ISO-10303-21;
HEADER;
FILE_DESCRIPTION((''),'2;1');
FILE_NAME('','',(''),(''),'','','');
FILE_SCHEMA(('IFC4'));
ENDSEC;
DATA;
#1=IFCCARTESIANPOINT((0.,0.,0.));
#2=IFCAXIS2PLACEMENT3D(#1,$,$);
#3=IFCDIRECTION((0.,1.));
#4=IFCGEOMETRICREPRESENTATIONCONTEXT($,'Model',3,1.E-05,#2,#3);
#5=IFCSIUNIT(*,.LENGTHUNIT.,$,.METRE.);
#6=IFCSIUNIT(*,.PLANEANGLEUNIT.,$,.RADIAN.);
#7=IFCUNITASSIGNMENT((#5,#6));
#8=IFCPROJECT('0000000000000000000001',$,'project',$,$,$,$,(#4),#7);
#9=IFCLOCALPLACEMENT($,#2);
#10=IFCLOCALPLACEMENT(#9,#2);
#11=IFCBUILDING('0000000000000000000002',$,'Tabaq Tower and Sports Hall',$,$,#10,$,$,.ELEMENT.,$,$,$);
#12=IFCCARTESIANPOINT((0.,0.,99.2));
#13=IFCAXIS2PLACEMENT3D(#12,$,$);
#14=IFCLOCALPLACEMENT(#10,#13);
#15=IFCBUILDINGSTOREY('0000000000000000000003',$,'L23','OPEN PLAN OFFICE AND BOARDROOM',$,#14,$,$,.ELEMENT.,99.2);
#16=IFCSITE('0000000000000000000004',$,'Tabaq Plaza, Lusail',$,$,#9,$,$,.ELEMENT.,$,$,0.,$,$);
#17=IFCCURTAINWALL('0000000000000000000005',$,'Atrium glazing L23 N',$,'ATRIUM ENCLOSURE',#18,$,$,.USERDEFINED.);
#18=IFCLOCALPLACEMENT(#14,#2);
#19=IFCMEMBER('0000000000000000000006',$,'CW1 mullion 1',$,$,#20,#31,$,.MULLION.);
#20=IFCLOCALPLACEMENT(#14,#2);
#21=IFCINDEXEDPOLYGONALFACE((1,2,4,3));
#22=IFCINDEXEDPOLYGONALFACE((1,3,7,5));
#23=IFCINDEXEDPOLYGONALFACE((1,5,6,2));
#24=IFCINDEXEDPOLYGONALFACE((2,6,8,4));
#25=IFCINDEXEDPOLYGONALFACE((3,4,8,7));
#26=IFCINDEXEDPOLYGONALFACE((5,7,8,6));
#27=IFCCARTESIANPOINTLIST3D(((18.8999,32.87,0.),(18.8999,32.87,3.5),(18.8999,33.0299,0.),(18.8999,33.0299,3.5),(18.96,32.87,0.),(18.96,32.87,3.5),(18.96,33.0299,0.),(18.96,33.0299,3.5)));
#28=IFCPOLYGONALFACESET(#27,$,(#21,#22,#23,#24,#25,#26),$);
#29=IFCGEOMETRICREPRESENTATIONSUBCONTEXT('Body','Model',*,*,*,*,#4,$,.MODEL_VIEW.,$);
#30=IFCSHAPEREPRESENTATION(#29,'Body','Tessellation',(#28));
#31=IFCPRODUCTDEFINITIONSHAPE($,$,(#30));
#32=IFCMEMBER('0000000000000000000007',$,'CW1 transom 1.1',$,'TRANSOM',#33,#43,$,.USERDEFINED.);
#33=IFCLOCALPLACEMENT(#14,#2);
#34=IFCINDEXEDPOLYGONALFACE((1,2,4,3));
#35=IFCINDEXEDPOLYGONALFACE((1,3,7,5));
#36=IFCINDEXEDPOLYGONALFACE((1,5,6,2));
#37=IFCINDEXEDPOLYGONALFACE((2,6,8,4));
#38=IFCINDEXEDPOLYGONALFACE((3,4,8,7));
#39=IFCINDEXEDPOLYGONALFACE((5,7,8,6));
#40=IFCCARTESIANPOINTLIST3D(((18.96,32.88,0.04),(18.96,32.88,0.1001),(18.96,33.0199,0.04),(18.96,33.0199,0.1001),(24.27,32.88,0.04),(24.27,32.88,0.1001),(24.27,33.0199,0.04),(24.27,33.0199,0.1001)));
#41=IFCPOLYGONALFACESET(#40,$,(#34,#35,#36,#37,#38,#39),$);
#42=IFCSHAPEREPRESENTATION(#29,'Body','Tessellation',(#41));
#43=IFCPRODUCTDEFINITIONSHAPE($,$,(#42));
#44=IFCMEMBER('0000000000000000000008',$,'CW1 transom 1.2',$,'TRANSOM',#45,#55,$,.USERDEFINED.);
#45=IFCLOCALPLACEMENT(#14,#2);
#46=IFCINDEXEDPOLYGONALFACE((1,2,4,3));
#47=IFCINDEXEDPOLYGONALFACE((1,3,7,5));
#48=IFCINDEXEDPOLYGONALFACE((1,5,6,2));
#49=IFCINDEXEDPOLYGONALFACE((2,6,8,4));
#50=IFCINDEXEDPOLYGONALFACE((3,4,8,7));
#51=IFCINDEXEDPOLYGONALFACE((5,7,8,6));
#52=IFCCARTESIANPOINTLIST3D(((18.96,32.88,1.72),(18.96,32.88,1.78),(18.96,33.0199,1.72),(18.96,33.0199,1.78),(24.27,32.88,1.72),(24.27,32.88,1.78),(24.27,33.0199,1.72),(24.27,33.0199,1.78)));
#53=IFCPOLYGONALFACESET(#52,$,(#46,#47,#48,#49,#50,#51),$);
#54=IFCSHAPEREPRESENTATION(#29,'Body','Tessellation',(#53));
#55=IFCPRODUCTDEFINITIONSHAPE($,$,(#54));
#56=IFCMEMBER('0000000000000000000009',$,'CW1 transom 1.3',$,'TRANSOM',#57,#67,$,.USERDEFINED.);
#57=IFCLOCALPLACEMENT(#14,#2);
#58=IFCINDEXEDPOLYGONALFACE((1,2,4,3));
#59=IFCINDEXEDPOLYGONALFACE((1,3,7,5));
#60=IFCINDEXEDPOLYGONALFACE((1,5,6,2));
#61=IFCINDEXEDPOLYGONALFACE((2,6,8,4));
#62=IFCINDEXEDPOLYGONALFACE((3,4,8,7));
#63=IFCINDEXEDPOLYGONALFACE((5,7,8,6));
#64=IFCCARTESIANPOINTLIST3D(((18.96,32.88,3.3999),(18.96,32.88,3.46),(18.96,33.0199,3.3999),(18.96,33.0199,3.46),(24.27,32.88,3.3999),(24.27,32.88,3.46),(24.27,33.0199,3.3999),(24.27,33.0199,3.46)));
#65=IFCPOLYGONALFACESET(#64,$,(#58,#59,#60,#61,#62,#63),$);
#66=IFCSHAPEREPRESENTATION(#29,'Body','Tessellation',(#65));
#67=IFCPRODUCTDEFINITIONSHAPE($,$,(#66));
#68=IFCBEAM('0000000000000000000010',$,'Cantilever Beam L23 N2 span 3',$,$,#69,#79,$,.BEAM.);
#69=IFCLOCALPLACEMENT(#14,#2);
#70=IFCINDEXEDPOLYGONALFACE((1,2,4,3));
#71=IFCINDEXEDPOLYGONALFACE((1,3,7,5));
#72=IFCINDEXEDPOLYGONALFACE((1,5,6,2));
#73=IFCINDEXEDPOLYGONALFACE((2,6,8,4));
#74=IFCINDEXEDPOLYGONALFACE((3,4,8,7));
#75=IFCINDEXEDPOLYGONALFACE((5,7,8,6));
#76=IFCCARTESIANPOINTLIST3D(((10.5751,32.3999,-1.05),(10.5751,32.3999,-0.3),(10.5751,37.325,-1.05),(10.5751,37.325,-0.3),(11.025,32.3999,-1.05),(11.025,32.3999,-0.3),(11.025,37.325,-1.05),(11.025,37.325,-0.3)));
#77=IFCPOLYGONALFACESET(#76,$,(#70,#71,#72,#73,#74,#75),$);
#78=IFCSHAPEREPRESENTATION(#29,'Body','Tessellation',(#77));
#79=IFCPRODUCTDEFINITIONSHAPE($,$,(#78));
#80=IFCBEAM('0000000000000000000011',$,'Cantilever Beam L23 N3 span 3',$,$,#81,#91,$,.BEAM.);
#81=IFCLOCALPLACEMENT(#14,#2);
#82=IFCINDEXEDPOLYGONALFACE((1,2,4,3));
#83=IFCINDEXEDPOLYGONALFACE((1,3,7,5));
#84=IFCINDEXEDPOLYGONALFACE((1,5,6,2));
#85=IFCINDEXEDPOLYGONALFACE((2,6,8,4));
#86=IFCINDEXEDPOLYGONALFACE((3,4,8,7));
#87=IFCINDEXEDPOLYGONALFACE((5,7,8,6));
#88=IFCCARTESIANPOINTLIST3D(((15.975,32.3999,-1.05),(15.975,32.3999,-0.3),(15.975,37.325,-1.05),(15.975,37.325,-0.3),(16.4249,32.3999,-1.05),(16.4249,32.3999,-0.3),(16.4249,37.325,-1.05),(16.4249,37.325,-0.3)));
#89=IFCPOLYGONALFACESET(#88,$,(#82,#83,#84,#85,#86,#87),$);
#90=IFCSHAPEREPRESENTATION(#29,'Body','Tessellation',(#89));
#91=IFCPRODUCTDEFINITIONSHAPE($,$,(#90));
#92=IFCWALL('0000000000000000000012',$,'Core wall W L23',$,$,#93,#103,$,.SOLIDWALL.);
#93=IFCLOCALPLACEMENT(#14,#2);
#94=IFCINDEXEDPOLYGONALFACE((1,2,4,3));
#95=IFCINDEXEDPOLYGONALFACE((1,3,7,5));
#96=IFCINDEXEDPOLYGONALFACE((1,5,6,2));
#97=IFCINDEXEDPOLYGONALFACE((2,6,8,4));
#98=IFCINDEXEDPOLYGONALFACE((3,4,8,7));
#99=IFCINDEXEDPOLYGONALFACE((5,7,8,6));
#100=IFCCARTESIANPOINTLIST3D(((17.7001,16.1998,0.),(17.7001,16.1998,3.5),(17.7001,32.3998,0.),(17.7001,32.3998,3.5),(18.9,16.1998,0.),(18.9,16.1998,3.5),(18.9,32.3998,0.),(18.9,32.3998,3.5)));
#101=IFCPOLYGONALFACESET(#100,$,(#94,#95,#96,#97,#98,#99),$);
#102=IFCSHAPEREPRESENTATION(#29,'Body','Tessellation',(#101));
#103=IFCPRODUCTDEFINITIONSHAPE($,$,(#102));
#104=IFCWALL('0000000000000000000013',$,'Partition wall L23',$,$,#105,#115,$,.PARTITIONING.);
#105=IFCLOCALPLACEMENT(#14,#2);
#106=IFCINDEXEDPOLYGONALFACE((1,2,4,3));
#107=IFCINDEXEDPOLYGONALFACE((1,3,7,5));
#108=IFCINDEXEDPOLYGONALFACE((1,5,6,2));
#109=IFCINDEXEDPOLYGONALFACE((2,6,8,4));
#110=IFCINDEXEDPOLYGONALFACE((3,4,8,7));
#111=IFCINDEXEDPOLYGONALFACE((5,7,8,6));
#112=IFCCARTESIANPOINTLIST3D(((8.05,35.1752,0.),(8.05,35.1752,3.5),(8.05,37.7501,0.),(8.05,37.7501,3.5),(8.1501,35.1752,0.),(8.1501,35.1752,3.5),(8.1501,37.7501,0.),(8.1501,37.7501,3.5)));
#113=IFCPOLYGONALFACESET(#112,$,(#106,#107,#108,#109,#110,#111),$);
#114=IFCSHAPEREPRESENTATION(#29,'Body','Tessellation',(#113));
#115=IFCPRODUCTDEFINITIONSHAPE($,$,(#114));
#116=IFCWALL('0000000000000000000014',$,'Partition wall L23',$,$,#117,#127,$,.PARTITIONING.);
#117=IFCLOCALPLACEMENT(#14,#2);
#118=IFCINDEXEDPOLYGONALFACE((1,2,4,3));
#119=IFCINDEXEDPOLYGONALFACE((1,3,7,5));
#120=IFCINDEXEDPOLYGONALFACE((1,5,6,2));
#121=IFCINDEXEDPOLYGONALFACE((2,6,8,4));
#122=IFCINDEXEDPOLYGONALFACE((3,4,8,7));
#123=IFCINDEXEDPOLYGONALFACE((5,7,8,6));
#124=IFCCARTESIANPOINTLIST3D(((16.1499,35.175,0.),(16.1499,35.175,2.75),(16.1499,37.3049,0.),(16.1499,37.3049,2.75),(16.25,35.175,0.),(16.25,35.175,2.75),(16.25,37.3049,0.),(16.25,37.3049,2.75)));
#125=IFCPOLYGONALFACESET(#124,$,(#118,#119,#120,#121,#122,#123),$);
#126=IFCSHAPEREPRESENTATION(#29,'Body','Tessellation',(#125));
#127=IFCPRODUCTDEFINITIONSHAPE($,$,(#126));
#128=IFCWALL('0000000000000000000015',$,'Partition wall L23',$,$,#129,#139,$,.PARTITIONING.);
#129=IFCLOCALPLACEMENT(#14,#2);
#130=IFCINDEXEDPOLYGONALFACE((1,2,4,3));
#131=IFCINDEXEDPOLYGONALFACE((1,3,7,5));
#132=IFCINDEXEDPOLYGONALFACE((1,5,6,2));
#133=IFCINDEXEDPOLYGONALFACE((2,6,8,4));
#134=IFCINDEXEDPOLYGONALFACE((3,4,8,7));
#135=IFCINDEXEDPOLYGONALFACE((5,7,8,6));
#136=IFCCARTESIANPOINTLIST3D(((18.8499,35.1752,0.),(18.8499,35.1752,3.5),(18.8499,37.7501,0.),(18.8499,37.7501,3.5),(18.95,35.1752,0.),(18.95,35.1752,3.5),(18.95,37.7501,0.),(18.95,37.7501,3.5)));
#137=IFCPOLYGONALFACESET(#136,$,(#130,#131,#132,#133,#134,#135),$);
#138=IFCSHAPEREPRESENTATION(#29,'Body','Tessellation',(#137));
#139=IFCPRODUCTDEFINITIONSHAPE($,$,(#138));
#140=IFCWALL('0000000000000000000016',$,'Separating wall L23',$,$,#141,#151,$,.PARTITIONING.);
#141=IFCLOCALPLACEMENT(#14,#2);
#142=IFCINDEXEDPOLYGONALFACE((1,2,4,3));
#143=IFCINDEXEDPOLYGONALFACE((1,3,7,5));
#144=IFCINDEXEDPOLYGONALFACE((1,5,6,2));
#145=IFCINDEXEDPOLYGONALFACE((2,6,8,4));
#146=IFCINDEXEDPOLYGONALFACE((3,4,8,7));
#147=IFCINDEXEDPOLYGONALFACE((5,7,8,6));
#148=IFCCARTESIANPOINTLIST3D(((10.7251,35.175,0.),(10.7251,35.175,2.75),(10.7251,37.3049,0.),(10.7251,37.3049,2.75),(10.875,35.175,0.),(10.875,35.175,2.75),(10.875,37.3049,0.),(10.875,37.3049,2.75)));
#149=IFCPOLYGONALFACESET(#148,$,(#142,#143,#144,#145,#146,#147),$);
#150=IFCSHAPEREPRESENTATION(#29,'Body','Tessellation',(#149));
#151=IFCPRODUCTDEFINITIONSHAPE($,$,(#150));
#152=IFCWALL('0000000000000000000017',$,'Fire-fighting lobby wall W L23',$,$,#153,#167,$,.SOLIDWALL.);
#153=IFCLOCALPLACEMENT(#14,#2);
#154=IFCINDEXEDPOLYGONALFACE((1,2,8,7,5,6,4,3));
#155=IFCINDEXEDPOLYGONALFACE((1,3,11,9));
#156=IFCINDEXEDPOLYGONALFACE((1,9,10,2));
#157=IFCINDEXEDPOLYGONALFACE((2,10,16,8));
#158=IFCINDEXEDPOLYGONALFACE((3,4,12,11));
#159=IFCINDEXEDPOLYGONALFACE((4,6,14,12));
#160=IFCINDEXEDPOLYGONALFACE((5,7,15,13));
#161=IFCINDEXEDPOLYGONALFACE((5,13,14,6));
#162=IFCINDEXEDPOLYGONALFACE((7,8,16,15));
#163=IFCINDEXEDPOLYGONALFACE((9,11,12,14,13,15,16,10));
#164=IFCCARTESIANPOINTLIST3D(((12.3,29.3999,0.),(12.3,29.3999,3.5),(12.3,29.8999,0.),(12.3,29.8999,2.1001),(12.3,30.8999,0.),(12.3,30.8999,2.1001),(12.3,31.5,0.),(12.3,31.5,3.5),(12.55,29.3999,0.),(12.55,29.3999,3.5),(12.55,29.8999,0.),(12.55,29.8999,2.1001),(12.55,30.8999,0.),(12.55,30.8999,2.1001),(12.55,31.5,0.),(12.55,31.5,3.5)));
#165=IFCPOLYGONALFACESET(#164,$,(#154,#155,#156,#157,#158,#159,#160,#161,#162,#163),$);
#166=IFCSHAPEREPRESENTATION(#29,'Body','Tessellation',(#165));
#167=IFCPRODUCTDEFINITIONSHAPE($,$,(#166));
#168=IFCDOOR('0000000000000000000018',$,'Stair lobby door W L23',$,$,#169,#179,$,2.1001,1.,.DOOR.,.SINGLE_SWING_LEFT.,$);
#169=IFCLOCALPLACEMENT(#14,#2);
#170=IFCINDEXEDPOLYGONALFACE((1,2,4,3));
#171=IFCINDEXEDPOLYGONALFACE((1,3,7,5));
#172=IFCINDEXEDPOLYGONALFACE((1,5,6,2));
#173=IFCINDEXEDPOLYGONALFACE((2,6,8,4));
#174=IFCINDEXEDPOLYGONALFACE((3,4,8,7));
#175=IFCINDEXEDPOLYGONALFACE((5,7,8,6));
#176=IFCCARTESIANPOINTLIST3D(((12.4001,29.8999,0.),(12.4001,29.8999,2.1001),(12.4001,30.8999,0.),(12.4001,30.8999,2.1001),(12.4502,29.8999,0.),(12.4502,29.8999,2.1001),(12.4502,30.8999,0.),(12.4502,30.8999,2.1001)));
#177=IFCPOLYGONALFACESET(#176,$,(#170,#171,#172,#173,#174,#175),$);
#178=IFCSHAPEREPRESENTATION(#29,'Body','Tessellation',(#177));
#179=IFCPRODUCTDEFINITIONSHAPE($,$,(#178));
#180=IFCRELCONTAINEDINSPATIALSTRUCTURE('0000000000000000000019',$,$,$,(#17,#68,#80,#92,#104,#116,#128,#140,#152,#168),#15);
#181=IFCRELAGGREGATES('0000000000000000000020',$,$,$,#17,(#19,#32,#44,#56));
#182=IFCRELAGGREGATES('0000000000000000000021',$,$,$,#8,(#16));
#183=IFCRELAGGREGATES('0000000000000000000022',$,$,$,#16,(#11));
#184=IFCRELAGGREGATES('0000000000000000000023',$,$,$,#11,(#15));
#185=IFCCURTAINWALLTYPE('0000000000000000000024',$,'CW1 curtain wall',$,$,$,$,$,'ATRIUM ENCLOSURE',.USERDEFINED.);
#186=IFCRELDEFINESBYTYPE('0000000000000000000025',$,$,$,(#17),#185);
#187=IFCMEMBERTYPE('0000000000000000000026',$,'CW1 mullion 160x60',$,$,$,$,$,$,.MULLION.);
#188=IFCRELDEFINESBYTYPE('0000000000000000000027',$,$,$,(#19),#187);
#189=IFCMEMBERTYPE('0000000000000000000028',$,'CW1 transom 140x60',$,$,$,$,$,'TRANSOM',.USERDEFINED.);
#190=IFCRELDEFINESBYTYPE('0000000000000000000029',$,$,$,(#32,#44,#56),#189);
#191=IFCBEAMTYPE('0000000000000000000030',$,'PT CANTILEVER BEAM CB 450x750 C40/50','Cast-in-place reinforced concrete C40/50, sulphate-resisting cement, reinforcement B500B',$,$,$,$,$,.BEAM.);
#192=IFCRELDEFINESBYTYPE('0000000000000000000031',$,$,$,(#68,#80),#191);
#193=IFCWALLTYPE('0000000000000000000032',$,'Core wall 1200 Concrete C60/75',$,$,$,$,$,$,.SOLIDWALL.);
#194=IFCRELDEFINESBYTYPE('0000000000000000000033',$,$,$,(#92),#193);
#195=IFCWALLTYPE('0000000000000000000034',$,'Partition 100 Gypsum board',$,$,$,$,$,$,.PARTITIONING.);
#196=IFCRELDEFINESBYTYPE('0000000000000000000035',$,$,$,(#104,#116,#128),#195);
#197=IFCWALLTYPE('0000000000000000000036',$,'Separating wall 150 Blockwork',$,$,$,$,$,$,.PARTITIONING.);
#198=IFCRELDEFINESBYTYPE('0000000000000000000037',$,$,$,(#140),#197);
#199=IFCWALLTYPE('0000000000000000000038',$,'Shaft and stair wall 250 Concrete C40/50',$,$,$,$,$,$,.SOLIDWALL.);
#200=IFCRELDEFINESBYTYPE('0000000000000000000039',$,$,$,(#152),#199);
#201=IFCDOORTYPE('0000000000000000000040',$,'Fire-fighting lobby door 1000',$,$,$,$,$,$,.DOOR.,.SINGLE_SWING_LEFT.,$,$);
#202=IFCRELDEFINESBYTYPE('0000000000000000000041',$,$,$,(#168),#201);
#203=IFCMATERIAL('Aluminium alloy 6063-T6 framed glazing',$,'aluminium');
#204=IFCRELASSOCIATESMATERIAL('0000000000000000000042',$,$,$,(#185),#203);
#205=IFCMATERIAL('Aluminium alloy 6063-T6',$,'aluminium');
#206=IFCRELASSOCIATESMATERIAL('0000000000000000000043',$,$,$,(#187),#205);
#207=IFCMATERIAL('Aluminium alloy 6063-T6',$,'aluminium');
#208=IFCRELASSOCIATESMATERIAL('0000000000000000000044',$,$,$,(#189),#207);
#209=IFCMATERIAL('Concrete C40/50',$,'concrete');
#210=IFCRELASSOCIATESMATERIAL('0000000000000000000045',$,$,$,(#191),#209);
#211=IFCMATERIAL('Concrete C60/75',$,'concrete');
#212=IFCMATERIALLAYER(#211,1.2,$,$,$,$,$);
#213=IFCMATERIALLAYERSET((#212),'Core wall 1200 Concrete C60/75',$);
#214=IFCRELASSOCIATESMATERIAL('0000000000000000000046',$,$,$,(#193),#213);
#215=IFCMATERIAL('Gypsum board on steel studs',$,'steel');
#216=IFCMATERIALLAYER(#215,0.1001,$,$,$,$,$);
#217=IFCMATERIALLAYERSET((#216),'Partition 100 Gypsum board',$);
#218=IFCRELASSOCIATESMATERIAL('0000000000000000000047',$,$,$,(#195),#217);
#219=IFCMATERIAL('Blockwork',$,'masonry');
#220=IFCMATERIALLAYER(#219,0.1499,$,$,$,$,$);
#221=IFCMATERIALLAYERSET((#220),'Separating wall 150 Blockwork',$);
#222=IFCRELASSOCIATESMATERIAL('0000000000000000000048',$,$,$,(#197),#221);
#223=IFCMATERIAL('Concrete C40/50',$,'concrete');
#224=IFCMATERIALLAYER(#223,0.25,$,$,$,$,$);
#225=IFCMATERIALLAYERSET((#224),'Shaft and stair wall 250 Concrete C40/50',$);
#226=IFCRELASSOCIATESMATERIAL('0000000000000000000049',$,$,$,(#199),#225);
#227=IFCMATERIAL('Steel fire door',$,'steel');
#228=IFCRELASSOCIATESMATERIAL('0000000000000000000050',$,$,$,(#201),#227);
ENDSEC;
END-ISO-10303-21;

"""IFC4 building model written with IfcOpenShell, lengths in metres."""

from ifc_helpers import new_model, si_unit, direction, frame, frame_2d, origin, origin_2d, place, context, subcontext, project, spatial, rectangle, extrude, material, layer, layer_set, material_profile, profile_set, type_object, element, fill, aggregate, save


model = new_model("IFC4")

# Units and contexts
model_context = context("Model", 3, precision=1e-05, world=origin(), true_north=direction((0.0, 1.0)))
body_context = subcontext(model_context, "Body", "Model", "MODEL_VIEW")
ifc_project = project(units=[si_unit("LENGTHUNIT", "METRE"), si_unit("PLANEANGLEUNIT", "RADIAN")], contexts=[model_context])

# Site, building, storey
site_placement = place(None, origin())
site = spatial("IfcSite", under=ifc_project, at=site_placement, Name="Tabaq Plaza, Lusail", CompositionType="ELEMENT", RefElevation=0.0)
building_placement = place(site_placement, origin())
building = spatial("IfcBuilding", under=site, at=building_placement, Name="Tabaq Tower and Sports Hall", CompositionType="ELEMENT")
storey_placement = place(building_placement, frame((0.0, 0.0, 99.2)))
storey = spatial("IfcBuildingStorey", under=building, at=storey_placement, Name="L23", Description="OPEN PLAN OFFICE AND BOARDROOM", CompositionType="ELEMENT", Elevation=99.2)

# Curtain wall, members
ifc_material_1 = material(Name="Aluminium alloy 6063-T6 framed glazing", Category="aluminium")
curtain_wall_type = type_object("IfcCurtainWallType", Name="CW1 curtain wall", ElementType="ATRIUM ENCLOSURE", PredefinedType="USERDEFINED", material=ifc_material_1)
curtain_wall_placement = place(storey_placement, origin())
curtain_wall = element("IfcCurtainWall", 1, at=curtain_wall_placement, inside=storey, type_object=curtain_wall_type, Name="Atrium glazing L23 N", ObjectType="ATRIUM ENCLOSURE", PredefinedType="USERDEFINED")
ifc_material_2 = material(Name="Aluminium alloy 6063-T6", Category="aluminium")
ifc_material_profile_1 = material_profile(ifc_material_2, rectangle(XDim=0.1599, YDim=0.0601, at=origin_2d()), Name="MULLION 160x60")
ifc_profile_set_1 = profile_set([ifc_material_profile_1], Name="Aluminium alloy 6063-T6")
member_type_1 = type_object("IfcMemberType", Name="CW1 mullion 160x60", PredefinedType="MULLION", material=ifc_profile_set_1)
member_1_placement = place(storey_placement, frame((18.9299, 32.95, 0.0), z_axis=(0.0, 0.0, 1.0), x_axis=(0.0, 1.0, 0.0)))
member_1 = element("IfcMember", 2, at=member_1_placement, type_object=member_type_1, Name="CW1 mullion 1", PredefinedType="MULLION", context=body_context, shape_type="SweptSolid", body=[
    extrude(rectangle(XDim=0.1599, YDim=0.0601, at=origin_2d()), origin(), (0.0, 0.0, 1.0), 3.5),
])
ifc_material_3 = material(Name="Aluminium alloy 6063-T6", Category="aluminium")
ifc_material_profile_2 = material_profile(ifc_material_3, rectangle(XDim=0.1399, YDim=0.0601, at=origin_2d()), Name="TRANSOM 140x60")
ifc_profile_set_2 = profile_set([ifc_material_profile_2], Name="Aluminium alloy 6063-T6")
member_type_2 = type_object("IfcMemberType", Name="CW1 transom 140x60", ElementType="TRANSOM", PredefinedType="USERDEFINED", material=ifc_profile_set_2)
member_2_placement = place(storey_placement, frame((18.96, 32.95, 0.0701), z_axis=(1.0, 0.0, 0.0), x_axis=(0.0, 1.0, 0.0)))
member_2 = element("IfcMember", 3, at=member_2_placement, type_object=member_type_2, Name="CW1 transom 1.1", ObjectType="TRANSOM", PredefinedType="USERDEFINED", context=body_context, shape_type="SweptSolid", body=[
    extrude(rectangle(XDim=0.1399, YDim=0.0601, at=origin_2d()), origin(), (0.0, 0.0, 1.0), 5.3101),
])
member_3_placement = place(storey_placement, frame((18.96, 32.95, 1.75), z_axis=(1.0, 0.0, 0.0), x_axis=(0.0, 1.0, 0.0)))
member_3 = element("IfcMember", 4, at=member_3_placement, type_object=member_type_2, Name="CW1 transom 1.2", ObjectType="TRANSOM", PredefinedType="USERDEFINED", context=body_context, shape_type="SweptSolid", body=[
    extrude(rectangle(XDim=0.1399, YDim=0.0601, at=origin_2d()), origin(), (0.0, 0.0, 1.0), 5.3101),
])
member_4_placement = place(storey_placement, frame((18.96, 32.95, 3.4299), z_axis=(1.0, 0.0, 0.0), x_axis=(0.0, 1.0, 0.0)))
member_4 = element("IfcMember", 5, at=member_4_placement, type_object=member_type_2, Name="CW1 transom 1.3", ObjectType="TRANSOM", PredefinedType="USERDEFINED", context=body_context, shape_type="SweptSolid", body=[
    extrude(rectangle(XDim=0.1399, YDim=0.0601, at=origin_2d()), origin(), (0.0, 0.0, 1.0), 5.3101),
])
aggregate(curtain_wall, [member_1, member_2, member_3, member_4])

# Beams
ifc_material_4 = material(Name="Concrete C40/50", Category="concrete")
ifc_material_profile_3 = material_profile(ifc_material_4, rectangle(XDim=0.45, YDim=0.75, at=origin_2d()), Name="CB 450x750")
ifc_profile_set_3 = profile_set([ifc_material_profile_3], Name="Concrete C40/50")
beam_type = type_object("IfcBeamType", Name="PT CANTILEVER BEAM CB 450x750 C40/50", Description="Cast-in-place reinforced concrete C40/50, sulphate-resisting cement, reinforcement B500B", PredefinedType="BEAM", material=ifc_profile_set_3)
for number, where, z_axis, x_axis, name in (
    (6, (10.8, 37.325, -0.675), (0.0, -1.0, 0.0), (1.0, 0.0, 0.0), "Cantilever Beam L23 N2 span 3"),
    (7, (16.2, 37.325, -0.675), (0.0, -1.0, 0.0), (1.0, 0.0, 0.0), "Cantilever Beam L23 N3 span 3"),
):
    element("IfcBeam", number, at=place(storey_placement, frame(where, z_axis=z_axis, x_axis=x_axis)), inside=storey, type_object=beam_type, Name=name, PredefinedType="BEAM", context=body_context, shape_type="SweptSolid", body=[
        extrude(rectangle(XDim=0.45, YDim=0.75, at=origin_2d()), origin(), (0.0, 0.0, 1.0), 4.925),
    ])

# Walls
ifc_material_5 = material(Name="Concrete C60/75", Category="concrete")
ifc_layer_1 = layer(ifc_material_5, 1.2)
ifc_layer_set_1 = layer_set([ifc_layer_1], Name="Core wall 1200 Concrete C60/75")
wall_type_1 = type_object("IfcWallType", Name="Core wall 1200 Concrete C60/75", PredefinedType="SOLIDWALL", material=ifc_layer_set_1)
wall_1_placement = place(storey_placement, frame((18.3, 32.3999, 0.0), z_axis=(0.0, 0.0, 1.0), x_axis=(0.0, -1.0, 0.0)))
element("IfcWall", 8, at=wall_1_placement, inside=storey, type_object=wall_type_1, Name="Core wall W L23", PredefinedType="SOLIDWALL", context=body_context, shape_type="SweptSolid", body=[
    extrude(rectangle(XDim=16.2, YDim=1.2, at=frame_2d((8.1001, 0.0))), origin(), (0.0, 0.0, 1.0), 3.5),
])
ifc_material_6 = material(Name="Gypsum board on steel studs", Category="steel")
ifc_layer_2 = layer(ifc_material_6, 0.1001)
ifc_layer_set_2 = layer_set([ifc_layer_2], Name="Partition 100 Gypsum board")
wall_type_2 = type_object("IfcWallType", Name="Partition 100 Gypsum board", PredefinedType="PARTITIONING", material=ifc_layer_set_2)
wall_2_placement = place(storey_placement, frame((8.1001, 35.175, 0.0), z_axis=(0.0, 0.0, 1.0), x_axis=(0.0, 1.0, 0.0)))
element("IfcWall", 9, at=wall_2_placement, inside=storey, type_object=wall_type_2, Name="Partition wall L23", PredefinedType="PARTITIONING", context=body_context, shape_type="SweptSolid", body=[
    extrude(rectangle(XDim=2.575, YDim=0.1001, at=frame_2d((1.2876, 0.0))), origin(), (0.0, 0.0, 1.0), 3.5),
])
wall_3_placement = place(storey_placement, frame((16.2, 35.175, 0.0), z_axis=(0.0, 0.0, 1.0), x_axis=(0.0, 1.0, 0.0)))
element("IfcWall", 10, at=wall_3_placement, inside=storey, type_object=wall_type_2, Name="Partition wall L23", PredefinedType="PARTITIONING", context=body_context, shape_type="SweptSolid", body=[
    extrude(rectangle(XDim=2.1299, YDim=0.1001, at=frame_2d((1.0649, 0.0))), origin(), (0.0, 0.0, 1.0), 2.75),
])
wall_4_placement = place(storey_placement, frame((18.8999, 35.175, 0.0), z_axis=(0.0, 0.0, 1.0), x_axis=(0.0, 1.0, 0.0)))
element("IfcWall", 11, at=wall_4_placement, inside=storey, type_object=wall_type_2, Name="Partition wall L23", PredefinedType="PARTITIONING", context=body_context, shape_type="SweptSolid", body=[
    extrude(rectangle(XDim=2.575, YDim=0.1001, at=frame_2d((1.2876, 0.0))), origin(), (0.0, 0.0, 1.0), 3.5),
])
ifc_material_7 = material(Name="Blockwork", Category="masonry")
ifc_layer_3 = layer(ifc_material_7, 0.1499)
ifc_layer_set_3 = layer_set([ifc_layer_3], Name="Separating wall 150 Blockwork")
wall_type_3 = type_object("IfcWallType", Name="Separating wall 150 Blockwork", PredefinedType="PARTITIONING", material=ifc_layer_set_3)
wall_5_placement = place(storey_placement, frame((10.8, 35.175, 0.0), z_axis=(0.0, 0.0, 1.0), x_axis=(0.0, 1.0, 0.0)))
element("IfcWall", 12, at=wall_5_placement, inside=storey, type_object=wall_type_3, Name="Separating wall L23", PredefinedType="PARTITIONING", context=body_context, shape_type="SweptSolid", body=[
    extrude(rectangle(XDim=2.1299, YDim=0.1499, at=frame_2d((1.0649, 0.0))), origin(), (0.0, 0.0, 1.0), 2.75),
])

# Wall, opening, door
ifc_material_8 = material(Name="Concrete C40/50", Category="concrete")
ifc_layer_4 = layer(ifc_material_8, 0.25)
ifc_layer_set_4 = layer_set([ifc_layer_4], Name="Shaft and stair wall 250 Concrete C40/50")
wall_type_4 = type_object("IfcWallType", Name="Shaft and stair wall 250 Concrete C40/50", PredefinedType="SOLIDWALL", material=ifc_layer_set_4)
wall_6_placement = place(storey_placement, frame((12.425, 29.3999, 0.0), z_axis=(0.0, 0.0, 1.0), x_axis=(0.0, 1.0, 0.0)))
wall_6 = element("IfcWall", 13, at=wall_6_placement, inside=storey, type_object=wall_type_4, Name="Fire-fighting lobby wall W L23", PredefinedType="SOLIDWALL", context=body_context, shape_type="SweptSolid", body=[
    extrude(rectangle(XDim=2.1001, YDim=0.25, at=frame_2d((1.05, 0.0))), origin(), (0.0, 0.0, 1.0), 3.5),
])
opening_placement = place(wall_6_placement, frame((0.5, 0.0, 0.0)))
opening = element("IfcOpeningElement", 14, at=opening_placement, cuts=wall_6, PredefinedType="OPENING", context=body_context, shape_type="SweptSolid", body=[
    extrude(rectangle(XDim=1.0, YDim=2.1001, at=frame_2d((0.5, 1.05))), frame((0.0, 0.125, 0.0), z_axis=(0.0, -1.0, 0.0), x_axis=(1.0, 0.0, 0.0)), (0.0, 0.0, 1.0), 0.25),
])
ifc_material_9 = material(Name="Steel fire door", Category="steel")
door_type = type_object("IfcDoorType", Name="Fire-fighting lobby door 1000", OperationType="SINGLE_SWING_LEFT", PredefinedType="DOOR", material=ifc_material_9)
door_placement = place(opening_placement, origin())
door = element("IfcDoor", 15, at=door_placement, inside=storey, type_object=door_type, Name="Stair lobby door W L23", OperationType="SINGLE_SWING_LEFT", OverallHeight=2.1001, OverallWidth=1.0, PredefinedType="DOOR", context=body_context, shape_type="SweptSolid", body=[
    extrude(rectangle(XDim=1.0, YDim=2.1001, at=frame_2d((0.5, 1.05))), frame((0.0, 0.0249, 0.0), z_axis=(0.0, -1.0, 0.0), x_axis=(1.0, 0.0, 0.0)), (0.0, 0.0, 1.0), 0.05),
])
fill(opening, door)

save(model, "model.ifc")
